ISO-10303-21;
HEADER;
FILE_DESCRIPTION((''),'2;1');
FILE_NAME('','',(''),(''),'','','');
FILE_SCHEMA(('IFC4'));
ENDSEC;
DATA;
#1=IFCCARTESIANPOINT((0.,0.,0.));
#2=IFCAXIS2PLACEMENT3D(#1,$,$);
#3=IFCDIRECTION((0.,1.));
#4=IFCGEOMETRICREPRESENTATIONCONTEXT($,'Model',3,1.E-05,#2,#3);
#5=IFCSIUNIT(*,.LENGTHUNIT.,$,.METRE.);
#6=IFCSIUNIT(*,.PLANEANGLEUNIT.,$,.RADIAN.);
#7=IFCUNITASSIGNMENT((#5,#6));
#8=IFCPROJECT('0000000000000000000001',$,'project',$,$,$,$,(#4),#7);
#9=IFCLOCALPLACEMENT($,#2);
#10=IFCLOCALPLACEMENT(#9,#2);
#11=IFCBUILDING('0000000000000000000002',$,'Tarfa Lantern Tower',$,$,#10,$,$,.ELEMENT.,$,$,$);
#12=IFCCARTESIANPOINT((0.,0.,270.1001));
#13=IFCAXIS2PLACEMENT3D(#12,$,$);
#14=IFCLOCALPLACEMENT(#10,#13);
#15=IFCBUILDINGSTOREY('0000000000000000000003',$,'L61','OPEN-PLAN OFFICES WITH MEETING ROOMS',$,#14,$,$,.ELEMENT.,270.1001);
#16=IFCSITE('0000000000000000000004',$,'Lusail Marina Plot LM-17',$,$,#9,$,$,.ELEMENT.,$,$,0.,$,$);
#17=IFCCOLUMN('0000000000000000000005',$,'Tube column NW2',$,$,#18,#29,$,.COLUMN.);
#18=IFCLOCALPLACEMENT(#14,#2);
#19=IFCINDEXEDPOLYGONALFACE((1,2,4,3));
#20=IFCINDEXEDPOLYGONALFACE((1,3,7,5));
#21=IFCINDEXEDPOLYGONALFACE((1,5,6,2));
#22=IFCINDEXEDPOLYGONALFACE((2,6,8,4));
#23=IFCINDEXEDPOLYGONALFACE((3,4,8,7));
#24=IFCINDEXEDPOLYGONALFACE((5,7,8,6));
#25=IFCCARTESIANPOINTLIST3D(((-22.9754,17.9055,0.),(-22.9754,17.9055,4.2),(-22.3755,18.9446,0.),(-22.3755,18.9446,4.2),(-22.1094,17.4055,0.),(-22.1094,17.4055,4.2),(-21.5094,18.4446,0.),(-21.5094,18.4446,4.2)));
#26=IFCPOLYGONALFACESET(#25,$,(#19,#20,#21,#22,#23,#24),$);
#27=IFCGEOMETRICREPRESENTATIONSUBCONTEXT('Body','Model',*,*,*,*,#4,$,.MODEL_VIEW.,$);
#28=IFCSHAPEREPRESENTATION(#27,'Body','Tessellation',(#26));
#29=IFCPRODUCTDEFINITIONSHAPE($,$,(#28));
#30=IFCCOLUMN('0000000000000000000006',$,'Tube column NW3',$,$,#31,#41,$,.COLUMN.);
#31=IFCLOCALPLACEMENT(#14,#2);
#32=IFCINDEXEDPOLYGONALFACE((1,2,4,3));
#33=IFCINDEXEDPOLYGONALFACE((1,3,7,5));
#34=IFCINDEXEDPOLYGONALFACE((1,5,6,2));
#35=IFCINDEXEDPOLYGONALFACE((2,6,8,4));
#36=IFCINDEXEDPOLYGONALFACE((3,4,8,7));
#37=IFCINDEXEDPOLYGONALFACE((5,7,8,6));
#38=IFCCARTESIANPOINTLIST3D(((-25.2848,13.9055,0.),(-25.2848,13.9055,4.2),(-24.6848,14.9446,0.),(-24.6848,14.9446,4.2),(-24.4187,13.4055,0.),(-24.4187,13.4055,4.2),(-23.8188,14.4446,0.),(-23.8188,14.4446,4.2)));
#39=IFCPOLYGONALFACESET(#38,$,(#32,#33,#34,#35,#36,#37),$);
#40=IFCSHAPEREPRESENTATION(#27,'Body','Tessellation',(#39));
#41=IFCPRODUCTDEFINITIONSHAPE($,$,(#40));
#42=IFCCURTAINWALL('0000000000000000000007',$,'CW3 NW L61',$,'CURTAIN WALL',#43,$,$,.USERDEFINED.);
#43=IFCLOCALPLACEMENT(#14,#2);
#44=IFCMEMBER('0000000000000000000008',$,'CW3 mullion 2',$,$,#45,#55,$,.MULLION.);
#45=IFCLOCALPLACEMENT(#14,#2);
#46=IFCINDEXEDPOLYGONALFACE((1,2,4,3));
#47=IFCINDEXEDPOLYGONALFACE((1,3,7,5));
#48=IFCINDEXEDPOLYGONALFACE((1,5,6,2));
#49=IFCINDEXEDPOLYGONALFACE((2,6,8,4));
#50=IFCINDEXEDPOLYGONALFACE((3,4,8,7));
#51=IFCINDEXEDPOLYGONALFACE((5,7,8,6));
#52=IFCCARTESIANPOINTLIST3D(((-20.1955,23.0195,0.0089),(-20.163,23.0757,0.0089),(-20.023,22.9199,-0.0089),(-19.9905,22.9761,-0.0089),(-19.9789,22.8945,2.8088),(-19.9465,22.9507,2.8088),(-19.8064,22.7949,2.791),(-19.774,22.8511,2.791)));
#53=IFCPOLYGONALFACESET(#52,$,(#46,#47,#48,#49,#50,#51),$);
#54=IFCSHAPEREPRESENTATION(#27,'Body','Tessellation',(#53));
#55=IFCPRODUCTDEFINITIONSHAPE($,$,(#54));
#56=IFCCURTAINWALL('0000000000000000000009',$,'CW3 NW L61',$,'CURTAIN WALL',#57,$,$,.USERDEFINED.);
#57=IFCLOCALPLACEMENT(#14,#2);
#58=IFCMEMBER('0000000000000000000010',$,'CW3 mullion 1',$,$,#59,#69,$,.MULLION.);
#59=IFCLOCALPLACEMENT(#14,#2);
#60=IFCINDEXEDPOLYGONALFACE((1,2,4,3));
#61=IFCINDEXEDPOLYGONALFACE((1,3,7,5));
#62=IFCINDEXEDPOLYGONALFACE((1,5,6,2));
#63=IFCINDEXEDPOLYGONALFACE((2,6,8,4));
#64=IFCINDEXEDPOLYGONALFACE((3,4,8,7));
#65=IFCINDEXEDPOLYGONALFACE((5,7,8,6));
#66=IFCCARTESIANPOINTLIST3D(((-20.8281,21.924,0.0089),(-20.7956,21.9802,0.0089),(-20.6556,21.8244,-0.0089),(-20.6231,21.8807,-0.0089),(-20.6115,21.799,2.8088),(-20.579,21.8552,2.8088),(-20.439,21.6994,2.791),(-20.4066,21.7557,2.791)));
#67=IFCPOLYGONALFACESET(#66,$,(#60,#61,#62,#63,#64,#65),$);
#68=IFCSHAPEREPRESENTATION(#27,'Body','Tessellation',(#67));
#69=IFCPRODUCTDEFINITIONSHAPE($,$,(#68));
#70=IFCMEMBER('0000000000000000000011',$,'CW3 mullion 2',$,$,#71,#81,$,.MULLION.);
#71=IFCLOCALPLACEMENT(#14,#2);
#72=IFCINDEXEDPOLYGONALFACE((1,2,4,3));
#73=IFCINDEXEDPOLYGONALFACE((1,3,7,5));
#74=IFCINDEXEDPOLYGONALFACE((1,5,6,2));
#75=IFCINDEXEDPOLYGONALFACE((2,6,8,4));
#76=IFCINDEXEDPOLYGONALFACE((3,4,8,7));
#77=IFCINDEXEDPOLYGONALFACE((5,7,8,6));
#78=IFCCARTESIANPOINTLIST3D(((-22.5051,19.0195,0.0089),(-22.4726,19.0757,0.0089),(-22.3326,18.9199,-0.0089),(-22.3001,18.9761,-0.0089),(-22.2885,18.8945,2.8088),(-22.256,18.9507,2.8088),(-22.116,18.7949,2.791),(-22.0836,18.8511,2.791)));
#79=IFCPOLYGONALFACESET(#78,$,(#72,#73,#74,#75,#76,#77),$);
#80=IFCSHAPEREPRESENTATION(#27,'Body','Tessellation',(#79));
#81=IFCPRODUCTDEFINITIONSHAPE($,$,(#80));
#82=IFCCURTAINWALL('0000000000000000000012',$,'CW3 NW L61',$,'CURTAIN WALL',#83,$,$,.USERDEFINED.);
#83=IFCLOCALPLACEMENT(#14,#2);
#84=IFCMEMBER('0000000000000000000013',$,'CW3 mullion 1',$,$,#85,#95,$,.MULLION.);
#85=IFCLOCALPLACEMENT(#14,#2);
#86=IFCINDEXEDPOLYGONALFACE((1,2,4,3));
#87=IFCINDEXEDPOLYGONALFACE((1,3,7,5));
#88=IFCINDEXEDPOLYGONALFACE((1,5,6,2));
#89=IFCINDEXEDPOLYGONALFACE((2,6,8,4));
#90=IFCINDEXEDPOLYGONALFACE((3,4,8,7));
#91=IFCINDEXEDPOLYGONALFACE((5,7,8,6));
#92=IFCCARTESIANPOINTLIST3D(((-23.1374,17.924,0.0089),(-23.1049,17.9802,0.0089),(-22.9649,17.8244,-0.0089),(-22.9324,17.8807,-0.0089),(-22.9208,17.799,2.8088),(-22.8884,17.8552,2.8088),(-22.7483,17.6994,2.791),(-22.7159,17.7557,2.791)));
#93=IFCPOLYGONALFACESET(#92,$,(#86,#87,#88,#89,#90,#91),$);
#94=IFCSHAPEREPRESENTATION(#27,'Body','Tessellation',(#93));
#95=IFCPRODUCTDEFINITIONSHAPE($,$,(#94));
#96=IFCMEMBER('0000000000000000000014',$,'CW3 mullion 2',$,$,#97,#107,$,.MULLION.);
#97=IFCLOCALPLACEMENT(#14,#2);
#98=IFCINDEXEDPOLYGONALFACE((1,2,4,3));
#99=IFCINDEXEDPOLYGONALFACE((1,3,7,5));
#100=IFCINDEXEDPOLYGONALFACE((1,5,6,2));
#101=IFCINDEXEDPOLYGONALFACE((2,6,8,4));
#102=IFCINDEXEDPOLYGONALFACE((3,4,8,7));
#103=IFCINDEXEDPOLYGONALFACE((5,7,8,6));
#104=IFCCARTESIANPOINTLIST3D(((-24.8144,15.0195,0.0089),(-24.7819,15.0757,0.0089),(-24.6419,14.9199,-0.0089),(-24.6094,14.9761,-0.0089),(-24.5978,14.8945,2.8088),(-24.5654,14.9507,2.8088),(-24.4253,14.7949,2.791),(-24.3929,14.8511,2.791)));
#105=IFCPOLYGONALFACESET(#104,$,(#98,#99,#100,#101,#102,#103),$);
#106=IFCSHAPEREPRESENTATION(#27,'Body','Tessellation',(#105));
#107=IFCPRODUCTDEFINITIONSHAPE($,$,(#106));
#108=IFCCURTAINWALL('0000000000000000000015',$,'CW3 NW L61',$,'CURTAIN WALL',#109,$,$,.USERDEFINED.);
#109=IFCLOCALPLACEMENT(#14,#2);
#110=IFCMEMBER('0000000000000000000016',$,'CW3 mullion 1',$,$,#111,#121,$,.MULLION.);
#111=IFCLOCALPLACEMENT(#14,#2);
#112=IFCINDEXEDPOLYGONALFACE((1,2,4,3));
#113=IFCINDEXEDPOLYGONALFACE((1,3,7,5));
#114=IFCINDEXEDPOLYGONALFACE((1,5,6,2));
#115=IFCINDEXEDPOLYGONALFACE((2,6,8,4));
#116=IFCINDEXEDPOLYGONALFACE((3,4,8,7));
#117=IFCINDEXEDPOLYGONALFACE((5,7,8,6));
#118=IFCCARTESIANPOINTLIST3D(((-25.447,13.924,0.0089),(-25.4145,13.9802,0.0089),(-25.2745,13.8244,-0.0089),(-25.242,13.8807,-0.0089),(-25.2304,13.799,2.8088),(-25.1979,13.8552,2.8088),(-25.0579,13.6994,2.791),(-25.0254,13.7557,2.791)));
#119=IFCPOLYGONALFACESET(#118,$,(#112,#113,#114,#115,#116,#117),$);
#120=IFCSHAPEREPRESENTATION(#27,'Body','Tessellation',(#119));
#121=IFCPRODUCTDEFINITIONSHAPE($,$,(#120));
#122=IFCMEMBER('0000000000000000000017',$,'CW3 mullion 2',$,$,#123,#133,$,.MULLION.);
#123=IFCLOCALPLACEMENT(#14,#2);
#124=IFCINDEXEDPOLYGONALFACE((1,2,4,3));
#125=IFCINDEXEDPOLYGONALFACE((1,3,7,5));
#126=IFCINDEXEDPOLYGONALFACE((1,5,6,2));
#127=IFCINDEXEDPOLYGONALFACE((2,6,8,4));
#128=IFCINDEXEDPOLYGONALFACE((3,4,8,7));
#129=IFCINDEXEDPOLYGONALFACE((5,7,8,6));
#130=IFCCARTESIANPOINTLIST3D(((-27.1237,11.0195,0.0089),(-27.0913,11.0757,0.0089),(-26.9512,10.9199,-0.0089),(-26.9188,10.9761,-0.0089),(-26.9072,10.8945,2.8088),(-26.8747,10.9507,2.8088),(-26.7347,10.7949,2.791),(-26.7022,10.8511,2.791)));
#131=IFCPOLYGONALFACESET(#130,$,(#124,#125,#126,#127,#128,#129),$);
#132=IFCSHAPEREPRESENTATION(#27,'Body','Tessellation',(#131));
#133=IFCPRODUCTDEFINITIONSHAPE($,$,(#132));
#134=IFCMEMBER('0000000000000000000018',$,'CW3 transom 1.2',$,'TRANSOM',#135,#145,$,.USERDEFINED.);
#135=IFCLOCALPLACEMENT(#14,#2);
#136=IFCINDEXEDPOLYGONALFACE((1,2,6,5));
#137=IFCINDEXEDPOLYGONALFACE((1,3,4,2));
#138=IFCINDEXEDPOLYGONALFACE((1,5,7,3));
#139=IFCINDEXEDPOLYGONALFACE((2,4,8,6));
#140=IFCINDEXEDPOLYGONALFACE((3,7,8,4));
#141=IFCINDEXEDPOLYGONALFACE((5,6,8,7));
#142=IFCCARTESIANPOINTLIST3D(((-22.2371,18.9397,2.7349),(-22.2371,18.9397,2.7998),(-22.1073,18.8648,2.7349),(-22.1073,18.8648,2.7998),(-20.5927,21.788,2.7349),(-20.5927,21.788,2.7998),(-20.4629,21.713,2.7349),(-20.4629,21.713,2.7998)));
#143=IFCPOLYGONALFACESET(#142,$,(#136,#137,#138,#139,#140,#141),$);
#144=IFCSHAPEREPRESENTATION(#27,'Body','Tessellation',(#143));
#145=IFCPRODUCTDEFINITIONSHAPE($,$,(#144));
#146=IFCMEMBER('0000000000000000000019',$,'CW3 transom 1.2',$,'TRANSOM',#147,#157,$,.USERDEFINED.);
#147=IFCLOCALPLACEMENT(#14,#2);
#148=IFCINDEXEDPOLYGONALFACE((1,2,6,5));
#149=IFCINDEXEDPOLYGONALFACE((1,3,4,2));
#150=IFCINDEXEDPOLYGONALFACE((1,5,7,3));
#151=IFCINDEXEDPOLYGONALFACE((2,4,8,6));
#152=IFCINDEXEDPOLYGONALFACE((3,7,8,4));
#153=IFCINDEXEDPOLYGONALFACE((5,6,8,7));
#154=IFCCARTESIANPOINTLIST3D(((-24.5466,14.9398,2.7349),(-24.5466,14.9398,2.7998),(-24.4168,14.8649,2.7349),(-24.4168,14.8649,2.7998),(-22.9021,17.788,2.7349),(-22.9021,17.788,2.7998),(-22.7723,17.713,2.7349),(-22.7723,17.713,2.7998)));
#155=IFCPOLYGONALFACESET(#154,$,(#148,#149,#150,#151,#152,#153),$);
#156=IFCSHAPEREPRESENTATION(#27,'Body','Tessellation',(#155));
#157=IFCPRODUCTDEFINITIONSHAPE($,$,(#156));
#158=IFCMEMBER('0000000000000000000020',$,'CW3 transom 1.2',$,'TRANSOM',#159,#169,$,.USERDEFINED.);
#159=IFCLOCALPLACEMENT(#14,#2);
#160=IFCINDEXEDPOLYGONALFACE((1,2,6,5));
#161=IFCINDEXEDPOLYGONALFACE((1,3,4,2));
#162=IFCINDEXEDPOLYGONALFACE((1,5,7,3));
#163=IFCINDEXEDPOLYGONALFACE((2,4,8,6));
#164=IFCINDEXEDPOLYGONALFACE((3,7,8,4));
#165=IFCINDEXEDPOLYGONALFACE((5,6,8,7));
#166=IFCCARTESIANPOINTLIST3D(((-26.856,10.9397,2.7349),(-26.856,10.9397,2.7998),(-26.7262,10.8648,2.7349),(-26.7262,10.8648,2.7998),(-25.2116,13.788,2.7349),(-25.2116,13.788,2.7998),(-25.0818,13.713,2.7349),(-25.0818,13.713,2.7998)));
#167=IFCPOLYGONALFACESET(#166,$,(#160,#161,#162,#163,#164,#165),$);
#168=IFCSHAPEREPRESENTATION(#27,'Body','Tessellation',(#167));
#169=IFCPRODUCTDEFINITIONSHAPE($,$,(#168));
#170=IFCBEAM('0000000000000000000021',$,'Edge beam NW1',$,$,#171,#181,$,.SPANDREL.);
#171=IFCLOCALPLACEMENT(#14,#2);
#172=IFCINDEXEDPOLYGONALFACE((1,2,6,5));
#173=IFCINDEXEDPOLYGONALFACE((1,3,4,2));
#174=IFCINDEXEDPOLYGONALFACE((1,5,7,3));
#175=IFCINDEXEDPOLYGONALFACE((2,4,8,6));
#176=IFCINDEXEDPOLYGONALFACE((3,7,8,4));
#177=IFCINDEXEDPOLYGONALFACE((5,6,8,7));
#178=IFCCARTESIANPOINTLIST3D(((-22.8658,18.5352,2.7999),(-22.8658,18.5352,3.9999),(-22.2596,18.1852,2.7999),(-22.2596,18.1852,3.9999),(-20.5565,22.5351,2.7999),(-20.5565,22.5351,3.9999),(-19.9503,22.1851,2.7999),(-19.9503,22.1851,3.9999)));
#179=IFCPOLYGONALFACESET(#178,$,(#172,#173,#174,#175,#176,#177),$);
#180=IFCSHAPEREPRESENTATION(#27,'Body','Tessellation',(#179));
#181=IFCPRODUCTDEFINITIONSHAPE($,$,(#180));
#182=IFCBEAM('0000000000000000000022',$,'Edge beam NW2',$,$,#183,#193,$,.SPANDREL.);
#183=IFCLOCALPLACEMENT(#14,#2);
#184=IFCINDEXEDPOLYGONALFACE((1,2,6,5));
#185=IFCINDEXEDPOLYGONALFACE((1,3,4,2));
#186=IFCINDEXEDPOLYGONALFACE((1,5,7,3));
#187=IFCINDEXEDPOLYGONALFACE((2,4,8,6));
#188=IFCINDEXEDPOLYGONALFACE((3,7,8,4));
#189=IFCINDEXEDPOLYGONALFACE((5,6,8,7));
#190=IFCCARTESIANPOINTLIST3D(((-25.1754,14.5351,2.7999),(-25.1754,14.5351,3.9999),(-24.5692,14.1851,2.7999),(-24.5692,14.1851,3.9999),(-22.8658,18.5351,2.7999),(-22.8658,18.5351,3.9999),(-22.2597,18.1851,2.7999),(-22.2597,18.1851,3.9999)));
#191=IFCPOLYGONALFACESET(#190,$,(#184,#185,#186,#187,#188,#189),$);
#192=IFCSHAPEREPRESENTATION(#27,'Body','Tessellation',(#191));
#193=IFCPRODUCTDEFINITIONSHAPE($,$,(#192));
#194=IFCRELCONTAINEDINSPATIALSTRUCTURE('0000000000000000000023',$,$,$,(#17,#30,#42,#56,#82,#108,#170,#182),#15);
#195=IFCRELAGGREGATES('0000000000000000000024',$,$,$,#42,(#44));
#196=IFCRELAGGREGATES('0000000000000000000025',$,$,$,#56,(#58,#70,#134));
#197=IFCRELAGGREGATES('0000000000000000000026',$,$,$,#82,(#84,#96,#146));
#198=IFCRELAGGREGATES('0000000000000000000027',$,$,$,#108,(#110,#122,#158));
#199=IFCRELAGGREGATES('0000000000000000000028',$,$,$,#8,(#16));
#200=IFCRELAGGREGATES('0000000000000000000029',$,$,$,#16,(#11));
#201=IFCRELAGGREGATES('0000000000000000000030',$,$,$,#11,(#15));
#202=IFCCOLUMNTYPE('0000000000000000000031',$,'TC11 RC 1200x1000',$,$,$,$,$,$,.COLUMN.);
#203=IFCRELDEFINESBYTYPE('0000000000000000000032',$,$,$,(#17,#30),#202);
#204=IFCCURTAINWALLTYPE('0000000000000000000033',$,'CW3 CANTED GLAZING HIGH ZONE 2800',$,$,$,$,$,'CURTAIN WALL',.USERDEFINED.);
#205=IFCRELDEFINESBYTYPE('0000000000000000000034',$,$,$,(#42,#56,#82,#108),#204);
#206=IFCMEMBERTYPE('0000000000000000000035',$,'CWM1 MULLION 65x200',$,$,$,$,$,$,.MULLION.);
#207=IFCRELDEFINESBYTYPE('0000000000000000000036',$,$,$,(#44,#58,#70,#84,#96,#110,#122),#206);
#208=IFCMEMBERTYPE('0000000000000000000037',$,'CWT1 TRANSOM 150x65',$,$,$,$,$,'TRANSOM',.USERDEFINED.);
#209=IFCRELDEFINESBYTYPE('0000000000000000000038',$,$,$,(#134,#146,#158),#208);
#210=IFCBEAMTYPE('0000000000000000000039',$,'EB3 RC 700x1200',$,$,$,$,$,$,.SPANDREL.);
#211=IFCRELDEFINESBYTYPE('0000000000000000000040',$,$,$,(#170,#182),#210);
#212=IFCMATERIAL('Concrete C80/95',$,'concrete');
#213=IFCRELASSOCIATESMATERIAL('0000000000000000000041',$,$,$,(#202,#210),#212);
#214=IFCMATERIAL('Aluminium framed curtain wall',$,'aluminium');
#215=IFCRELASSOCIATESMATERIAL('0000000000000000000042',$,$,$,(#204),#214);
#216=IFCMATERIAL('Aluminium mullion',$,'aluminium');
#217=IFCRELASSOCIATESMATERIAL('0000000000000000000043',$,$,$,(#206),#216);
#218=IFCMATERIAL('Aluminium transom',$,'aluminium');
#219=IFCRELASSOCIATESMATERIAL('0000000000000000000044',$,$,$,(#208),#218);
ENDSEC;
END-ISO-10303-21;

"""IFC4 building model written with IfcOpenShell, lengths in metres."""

from ifc_helpers import new_model, si_unit, direction, frame, origin, origin_2d, place, context, subcontext, project, spatial, rectangle, extrude, material, material_profile, profile_set, type_object, element, aggregate, save


model = new_model("IFC4")

# Units and contexts
model_context = context("Model", 3, precision=1e-05, world=origin(), true_north=direction((0.0, 1.0)))
body_context = subcontext(model_context, "Body", "Model", "MODEL_VIEW")
ifc_project = project(units=[si_unit("LENGTHUNIT", "METRE"), si_unit("PLANEANGLEUNIT", "RADIAN")], contexts=[model_context])

# Site, building, storey
site_placement = place(None, origin())
site = spatial("IfcSite", under=ifc_project, at=site_placement, Name="Lusail Marina Plot LM-17", CompositionType="ELEMENT", RefElevation=0.0)
building_placement = place(site_placement, origin())
building = spatial("IfcBuilding", under=site, at=building_placement, Name="Tarfa Lantern Tower", CompositionType="ELEMENT")
storey_placement = place(building_placement, frame((0.0, 0.0, 270.1001)))
storey = spatial("IfcBuildingStorey", under=building, at=storey_placement, Name="L61", Description="OPEN-PLAN OFFICES WITH MEETING ROOMS", CompositionType="ELEMENT", Elevation=270.1001)

# Columns
ifc_material_1 = material(Name="Concrete C80/95", Category="concrete")
ifc_material_profile_1 = material_profile(ifc_material_1, rectangle(XDim=1.2, YDim=1.0, at=origin_2d()), Name="RC 1200x1000")
ifc_profile_set_1 = profile_set([ifc_material_profile_1], Name="Concrete C80/95")
column_type = type_object("IfcColumnType", Name="TC11 RC 1200x1000", PredefinedType="COLUMN", material=ifc_profile_set_1)
for number, where, z_axis, x_axis, name in (
    (1, (-22.2424, 18.175, 0.0), (0.0, 0.0, 1.0), (-0.5, -0.866025, 0.0), "Tube column NW2"),
    (2, (-24.5518, 14.175, 0.0), (0.0, 0.0, 1.0), (-0.5, -0.866025, 0.0), "Tube column NW3"),
):
    element("IfcColumn", number, at=place(storey_placement, frame(where, z_axis=z_axis, x_axis=x_axis)), inside=storey, type_object=column_type, Name=name, PredefinedType="COLUMN", context=body_context, shape_type="SweptSolid", body=[
        extrude(rectangle(XDim=1.2, YDim=1.0, at=origin_2d()), origin(), (0.0, 0.0, 1.0), 4.2),
    ])

# Curtain wall, member
ifc_material_2 = material(Name="Aluminium framed curtain wall", Category="aluminium")
curtain_wall_type = type_object("IfcCurtainWallType", Name="CW3 CANTED GLAZING HIGH ZONE 2800", ElementType="CURTAIN WALL", PredefinedType="USERDEFINED", material=ifc_material_2)
curtain_wall_1_placement = place(storey_placement, origin())
curtain_wall_1 = element("IfcCurtainWall", 3, at=curtain_wall_1_placement, inside=storey, type_object=curtain_wall_type, Name="CW3 NW L61", ObjectType="CURTAIN WALL", PredefinedType="USERDEFINED")
ifc_material_3 = material(Name="Aluminium mullion", Category="aluminium")
ifc_material_profile_2 = material_profile(ifc_material_3, rectangle(XDim=0.0649, YDim=0.2, at=origin_2d()), Name="AL MULLION 65x200")
ifc_profile_set_2 = profile_set([ifc_material_profile_2], Name="Aluminium mullion")
member_type_1 = type_object("IfcMemberType", Name="CWM1 MULLION 65x200", PredefinedType="MULLION", material=ifc_profile_set_2)
member_1_placement = place(storey_placement, frame((-20.093, 22.9978, 0.0), z_axis=(0.077039, -0.044469, 0.996036), x_axis=(0.49992, 0.866072, 0.0)))
member_1 = element("IfcMember", 4, at=member_1_placement, type_object=member_type_1, Name="CW3 mullion 2", PredefinedType="MULLION", context=body_context, shape_type="SweptSolid", body=[
    extrude(rectangle(XDim=0.0649, YDim=0.2, at=origin_2d()), origin(), (0.0, 0.0, 1.0), 2.811),
])
aggregate(curtain_wall_1, [member_1])

# Curtain walls, members
curtain_wall_2_placement = place(storey_placement, origin())
curtain_wall_2 = element("IfcCurtainWall", 5, at=curtain_wall_2_placement, inside=storey, type_object=curtain_wall_type, Name="CW3 NW L61", ObjectType="CURTAIN WALL", PredefinedType="USERDEFINED")
member_2_placement = place(storey_placement, frame((-20.7256, 21.9023, 0.0), z_axis=(0.077039, -0.044469, 0.996036), x_axis=(0.49992, 0.866072, 0.0)))
member_2 = element("IfcMember", 6, at=member_2_placement, type_object=member_type_1, Name="CW3 mullion 1", PredefinedType="MULLION", context=body_context, shape_type="SweptSolid", body=[
    extrude(rectangle(XDim=0.0649, YDim=0.2, at=origin_2d()), origin(), (0.0, 0.0, 1.0), 2.811),
])
member_3_placement = place(storey_placement, frame((-22.4026, 18.9978, 0.0), z_axis=(0.077039, -0.044469, 0.996036), x_axis=(0.49992, 0.866072, 0.0)))
member_3 = element("IfcMember", 7, at=member_3_placement, type_object=member_type_1, Name="CW3 mullion 2", PredefinedType="MULLION", context=body_context, shape_type="SweptSolid", body=[
    extrude(rectangle(XDim=0.0649, YDim=0.2, at=origin_2d()), origin(), (0.0, 0.0, 1.0), 2.811),
])
curtain_wall_3_placement = place(storey_placement, origin())
curtain_wall_3 = element("IfcCurtainWall", 8, at=curtain_wall_3_placement, inside=storey, type_object=curtain_wall_type, Name="CW3 NW L61", ObjectType="CURTAIN WALL", PredefinedType="USERDEFINED")
member_4_placement = place(storey_placement, frame((-23.0349, 17.9023, 0.0), z_axis=(0.077039, -0.044469, 0.996036), x_axis=(0.49992, 0.866072, 0.0)))
member_4 = element("IfcMember", 9, at=member_4_placement, type_object=member_type_1, Name="CW3 mullion 1", PredefinedType="MULLION", context=body_context, shape_type="SweptSolid", body=[
    extrude(rectangle(XDim=0.0649, YDim=0.2, at=origin_2d()), origin(), (0.0, 0.0, 1.0), 2.811),
])
member_5_placement = place(storey_placement, frame((-24.7119, 14.9978, 0.0), z_axis=(0.077039, -0.044469, 0.996036), x_axis=(0.49992, 0.866072, 0.0)))
member_5 = element("IfcMember", 10, at=member_5_placement, type_object=member_type_1, Name="CW3 mullion 2", PredefinedType="MULLION", context=body_context, shape_type="SweptSolid", body=[
    extrude(rectangle(XDim=0.0649, YDim=0.2, at=origin_2d()), origin(), (0.0, 0.0, 1.0), 2.811),
])
curtain_wall_4_placement = place(storey_placement, origin())
curtain_wall_4 = element("IfcCurtainWall", 11, at=curtain_wall_4_placement, inside=storey, type_object=curtain_wall_type, Name="CW3 NW L61", ObjectType="CURTAIN WALL", PredefinedType="USERDEFINED")
member_6_placement = place(storey_placement, frame((-25.3445, 13.9023, 0.0), z_axis=(0.077039, -0.044469, 0.996036), x_axis=(0.49992, 0.866072, 0.0)))
member_6 = element("IfcMember", 12, at=member_6_placement, type_object=member_type_1, Name="CW3 mullion 1", PredefinedType="MULLION", context=body_context, shape_type="SweptSolid", body=[
    extrude(rectangle(XDim=0.0649, YDim=0.2, at=origin_2d()), origin(), (0.0, 0.0, 1.0), 2.811),
])
member_7_placement = place(storey_placement, frame((-27.0212, 10.9978, 0.0), z_axis=(0.077039, -0.044469, 0.996036), x_axis=(0.49992, 0.866072, 0.0)))
member_7 = element("IfcMember", 13, at=member_7_placement, type_object=member_type_1, Name="CW3 mullion 2", PredefinedType="MULLION", context=body_context, shape_type="SweptSolid", body=[
    extrude(rectangle(XDim=0.0649, YDim=0.2, at=origin_2d()), origin(), (0.0, 0.0, 1.0), 2.811),
])

# Members
ifc_material_4 = material(Name="Aluminium transom", Category="aluminium")
ifc_material_profile_3 = material_profile(ifc_material_4, rectangle(XDim=0.1499, YDim=0.0649, at=origin_2d()), Name="AL TRANSOM 150x65")
ifc_profile_set_3 = profile_set([ifc_material_profile_3], Name="Aluminium transom")
member_type_2 = type_object("IfcMemberType", Name="CWT1 TRANSOM 150x65", ElementType="TRANSOM", PredefinedType="USERDEFINED", material=ifc_profile_set_3)
member_8_placement = place(storey_placement, frame((-20.5278, 21.7505, 2.7673), z_axis=(-0.499979, -0.866037, 0.0), x_axis=(0.866037, -0.499979, 0.0)))
member_8 = element("IfcMember", 14, at=member_8_placement, type_object=member_type_2, Name="CW3 transom 1.2", ObjectType="TRANSOM", PredefinedType="USERDEFINED", context=body_context, shape_type="SweptSolid", body=[
    extrude(rectangle(XDim=0.1499, YDim=0.0649, at=origin_2d()), origin(), (0.0, 0.0, 1.0), 3.2888),
])
member_9_placement = place(storey_placement, frame((-22.8372, 17.7505, 2.7673), z_axis=(-0.500035, -0.866005, 0.0), x_axis=(0.866005, -0.500035, 0.0)))
member_9 = element("IfcMember", 15, at=member_9_placement, type_object=member_type_2, Name="CW3 transom 1.2", ObjectType="TRANSOM", PredefinedType="USERDEFINED", context=body_context, shape_type="SweptSolid", body=[
    extrude(rectangle(XDim=0.1499, YDim=0.0649, at=origin_2d()), origin(), (0.0, 0.0, 1.0), 3.2888),
])
member_10_placement = place(storey_placement, frame((-25.1467, 13.7505, 2.7673), z_axis=(-0.499979, -0.866037, 0.0), x_axis=(0.866037, -0.499979, 0.0)))
member_10 = element("IfcMember", 16, at=member_10_placement, type_object=member_type_2, Name="CW3 transom 1.2", ObjectType="TRANSOM", PredefinedType="USERDEFINED", context=body_context, shape_type="SweptSolid", body=[
    extrude(rectangle(XDim=0.1499, YDim=0.0649, at=origin_2d()), origin(), (0.0, 0.0, 1.0), 3.2888),
])

# Beams
ifc_material_profile_4 = material_profile(ifc_material_1, rectangle(XDim=0.7, YDim=1.2, at=origin_2d()), Name="RC 700x1200")
ifc_profile_set_4 = profile_set([ifc_material_profile_4], Name="Concrete C80/95")
beam_type_1 = type_object("IfcBeamType", Name="EB3 RC 700x1200", PredefinedType="SPANDREL", material=ifc_profile_set_4)
beam_1_placement = place(storey_placement, frame((-20.2534, 22.3601, 3.3999), z_axis=(-0.499988, -0.866032, 0.0), x_axis=(0.866032, -0.499988, 0.0)))
element("IfcBeam", 17, at=beam_1_placement, inside=storey, type_object=beam_type_1, Name="Edge beam NW1", PredefinedType="SPANDREL", context=body_context, shape_type="SweptSolid", body=[
    extrude(rectangle(XDim=0.7, YDim=1.2, at=origin_2d()), origin(), (0.0, 0.0, 1.0), 4.6187),
])
beam_2_placement = place(storey_placement, frame((-22.5627, 18.3601, 3.3999), z_axis=(-0.500027, -0.86601, 0.0), x_axis=(0.86601, -0.500027, 0.0)))
element("IfcBeam", 18, at=beam_2_placement, inside=storey, type_object=beam_type_1, Name="Edge beam NW2", PredefinedType="SPANDREL", context=body_context, shape_type="SweptSolid", body=[
    extrude(rectangle(XDim=0.7, YDim=1.2, at=origin_2d()), origin(), (0.0, 0.0, 1.0), 4.6189),
])

aggregate(curtain_wall_2, [member_2, member_3, member_8])
aggregate(curtain_wall_3, [member_4, member_5, member_9])
aggregate(curtain_wall_4, [member_6, member_7, member_10])

save(model, "model.ifc")
